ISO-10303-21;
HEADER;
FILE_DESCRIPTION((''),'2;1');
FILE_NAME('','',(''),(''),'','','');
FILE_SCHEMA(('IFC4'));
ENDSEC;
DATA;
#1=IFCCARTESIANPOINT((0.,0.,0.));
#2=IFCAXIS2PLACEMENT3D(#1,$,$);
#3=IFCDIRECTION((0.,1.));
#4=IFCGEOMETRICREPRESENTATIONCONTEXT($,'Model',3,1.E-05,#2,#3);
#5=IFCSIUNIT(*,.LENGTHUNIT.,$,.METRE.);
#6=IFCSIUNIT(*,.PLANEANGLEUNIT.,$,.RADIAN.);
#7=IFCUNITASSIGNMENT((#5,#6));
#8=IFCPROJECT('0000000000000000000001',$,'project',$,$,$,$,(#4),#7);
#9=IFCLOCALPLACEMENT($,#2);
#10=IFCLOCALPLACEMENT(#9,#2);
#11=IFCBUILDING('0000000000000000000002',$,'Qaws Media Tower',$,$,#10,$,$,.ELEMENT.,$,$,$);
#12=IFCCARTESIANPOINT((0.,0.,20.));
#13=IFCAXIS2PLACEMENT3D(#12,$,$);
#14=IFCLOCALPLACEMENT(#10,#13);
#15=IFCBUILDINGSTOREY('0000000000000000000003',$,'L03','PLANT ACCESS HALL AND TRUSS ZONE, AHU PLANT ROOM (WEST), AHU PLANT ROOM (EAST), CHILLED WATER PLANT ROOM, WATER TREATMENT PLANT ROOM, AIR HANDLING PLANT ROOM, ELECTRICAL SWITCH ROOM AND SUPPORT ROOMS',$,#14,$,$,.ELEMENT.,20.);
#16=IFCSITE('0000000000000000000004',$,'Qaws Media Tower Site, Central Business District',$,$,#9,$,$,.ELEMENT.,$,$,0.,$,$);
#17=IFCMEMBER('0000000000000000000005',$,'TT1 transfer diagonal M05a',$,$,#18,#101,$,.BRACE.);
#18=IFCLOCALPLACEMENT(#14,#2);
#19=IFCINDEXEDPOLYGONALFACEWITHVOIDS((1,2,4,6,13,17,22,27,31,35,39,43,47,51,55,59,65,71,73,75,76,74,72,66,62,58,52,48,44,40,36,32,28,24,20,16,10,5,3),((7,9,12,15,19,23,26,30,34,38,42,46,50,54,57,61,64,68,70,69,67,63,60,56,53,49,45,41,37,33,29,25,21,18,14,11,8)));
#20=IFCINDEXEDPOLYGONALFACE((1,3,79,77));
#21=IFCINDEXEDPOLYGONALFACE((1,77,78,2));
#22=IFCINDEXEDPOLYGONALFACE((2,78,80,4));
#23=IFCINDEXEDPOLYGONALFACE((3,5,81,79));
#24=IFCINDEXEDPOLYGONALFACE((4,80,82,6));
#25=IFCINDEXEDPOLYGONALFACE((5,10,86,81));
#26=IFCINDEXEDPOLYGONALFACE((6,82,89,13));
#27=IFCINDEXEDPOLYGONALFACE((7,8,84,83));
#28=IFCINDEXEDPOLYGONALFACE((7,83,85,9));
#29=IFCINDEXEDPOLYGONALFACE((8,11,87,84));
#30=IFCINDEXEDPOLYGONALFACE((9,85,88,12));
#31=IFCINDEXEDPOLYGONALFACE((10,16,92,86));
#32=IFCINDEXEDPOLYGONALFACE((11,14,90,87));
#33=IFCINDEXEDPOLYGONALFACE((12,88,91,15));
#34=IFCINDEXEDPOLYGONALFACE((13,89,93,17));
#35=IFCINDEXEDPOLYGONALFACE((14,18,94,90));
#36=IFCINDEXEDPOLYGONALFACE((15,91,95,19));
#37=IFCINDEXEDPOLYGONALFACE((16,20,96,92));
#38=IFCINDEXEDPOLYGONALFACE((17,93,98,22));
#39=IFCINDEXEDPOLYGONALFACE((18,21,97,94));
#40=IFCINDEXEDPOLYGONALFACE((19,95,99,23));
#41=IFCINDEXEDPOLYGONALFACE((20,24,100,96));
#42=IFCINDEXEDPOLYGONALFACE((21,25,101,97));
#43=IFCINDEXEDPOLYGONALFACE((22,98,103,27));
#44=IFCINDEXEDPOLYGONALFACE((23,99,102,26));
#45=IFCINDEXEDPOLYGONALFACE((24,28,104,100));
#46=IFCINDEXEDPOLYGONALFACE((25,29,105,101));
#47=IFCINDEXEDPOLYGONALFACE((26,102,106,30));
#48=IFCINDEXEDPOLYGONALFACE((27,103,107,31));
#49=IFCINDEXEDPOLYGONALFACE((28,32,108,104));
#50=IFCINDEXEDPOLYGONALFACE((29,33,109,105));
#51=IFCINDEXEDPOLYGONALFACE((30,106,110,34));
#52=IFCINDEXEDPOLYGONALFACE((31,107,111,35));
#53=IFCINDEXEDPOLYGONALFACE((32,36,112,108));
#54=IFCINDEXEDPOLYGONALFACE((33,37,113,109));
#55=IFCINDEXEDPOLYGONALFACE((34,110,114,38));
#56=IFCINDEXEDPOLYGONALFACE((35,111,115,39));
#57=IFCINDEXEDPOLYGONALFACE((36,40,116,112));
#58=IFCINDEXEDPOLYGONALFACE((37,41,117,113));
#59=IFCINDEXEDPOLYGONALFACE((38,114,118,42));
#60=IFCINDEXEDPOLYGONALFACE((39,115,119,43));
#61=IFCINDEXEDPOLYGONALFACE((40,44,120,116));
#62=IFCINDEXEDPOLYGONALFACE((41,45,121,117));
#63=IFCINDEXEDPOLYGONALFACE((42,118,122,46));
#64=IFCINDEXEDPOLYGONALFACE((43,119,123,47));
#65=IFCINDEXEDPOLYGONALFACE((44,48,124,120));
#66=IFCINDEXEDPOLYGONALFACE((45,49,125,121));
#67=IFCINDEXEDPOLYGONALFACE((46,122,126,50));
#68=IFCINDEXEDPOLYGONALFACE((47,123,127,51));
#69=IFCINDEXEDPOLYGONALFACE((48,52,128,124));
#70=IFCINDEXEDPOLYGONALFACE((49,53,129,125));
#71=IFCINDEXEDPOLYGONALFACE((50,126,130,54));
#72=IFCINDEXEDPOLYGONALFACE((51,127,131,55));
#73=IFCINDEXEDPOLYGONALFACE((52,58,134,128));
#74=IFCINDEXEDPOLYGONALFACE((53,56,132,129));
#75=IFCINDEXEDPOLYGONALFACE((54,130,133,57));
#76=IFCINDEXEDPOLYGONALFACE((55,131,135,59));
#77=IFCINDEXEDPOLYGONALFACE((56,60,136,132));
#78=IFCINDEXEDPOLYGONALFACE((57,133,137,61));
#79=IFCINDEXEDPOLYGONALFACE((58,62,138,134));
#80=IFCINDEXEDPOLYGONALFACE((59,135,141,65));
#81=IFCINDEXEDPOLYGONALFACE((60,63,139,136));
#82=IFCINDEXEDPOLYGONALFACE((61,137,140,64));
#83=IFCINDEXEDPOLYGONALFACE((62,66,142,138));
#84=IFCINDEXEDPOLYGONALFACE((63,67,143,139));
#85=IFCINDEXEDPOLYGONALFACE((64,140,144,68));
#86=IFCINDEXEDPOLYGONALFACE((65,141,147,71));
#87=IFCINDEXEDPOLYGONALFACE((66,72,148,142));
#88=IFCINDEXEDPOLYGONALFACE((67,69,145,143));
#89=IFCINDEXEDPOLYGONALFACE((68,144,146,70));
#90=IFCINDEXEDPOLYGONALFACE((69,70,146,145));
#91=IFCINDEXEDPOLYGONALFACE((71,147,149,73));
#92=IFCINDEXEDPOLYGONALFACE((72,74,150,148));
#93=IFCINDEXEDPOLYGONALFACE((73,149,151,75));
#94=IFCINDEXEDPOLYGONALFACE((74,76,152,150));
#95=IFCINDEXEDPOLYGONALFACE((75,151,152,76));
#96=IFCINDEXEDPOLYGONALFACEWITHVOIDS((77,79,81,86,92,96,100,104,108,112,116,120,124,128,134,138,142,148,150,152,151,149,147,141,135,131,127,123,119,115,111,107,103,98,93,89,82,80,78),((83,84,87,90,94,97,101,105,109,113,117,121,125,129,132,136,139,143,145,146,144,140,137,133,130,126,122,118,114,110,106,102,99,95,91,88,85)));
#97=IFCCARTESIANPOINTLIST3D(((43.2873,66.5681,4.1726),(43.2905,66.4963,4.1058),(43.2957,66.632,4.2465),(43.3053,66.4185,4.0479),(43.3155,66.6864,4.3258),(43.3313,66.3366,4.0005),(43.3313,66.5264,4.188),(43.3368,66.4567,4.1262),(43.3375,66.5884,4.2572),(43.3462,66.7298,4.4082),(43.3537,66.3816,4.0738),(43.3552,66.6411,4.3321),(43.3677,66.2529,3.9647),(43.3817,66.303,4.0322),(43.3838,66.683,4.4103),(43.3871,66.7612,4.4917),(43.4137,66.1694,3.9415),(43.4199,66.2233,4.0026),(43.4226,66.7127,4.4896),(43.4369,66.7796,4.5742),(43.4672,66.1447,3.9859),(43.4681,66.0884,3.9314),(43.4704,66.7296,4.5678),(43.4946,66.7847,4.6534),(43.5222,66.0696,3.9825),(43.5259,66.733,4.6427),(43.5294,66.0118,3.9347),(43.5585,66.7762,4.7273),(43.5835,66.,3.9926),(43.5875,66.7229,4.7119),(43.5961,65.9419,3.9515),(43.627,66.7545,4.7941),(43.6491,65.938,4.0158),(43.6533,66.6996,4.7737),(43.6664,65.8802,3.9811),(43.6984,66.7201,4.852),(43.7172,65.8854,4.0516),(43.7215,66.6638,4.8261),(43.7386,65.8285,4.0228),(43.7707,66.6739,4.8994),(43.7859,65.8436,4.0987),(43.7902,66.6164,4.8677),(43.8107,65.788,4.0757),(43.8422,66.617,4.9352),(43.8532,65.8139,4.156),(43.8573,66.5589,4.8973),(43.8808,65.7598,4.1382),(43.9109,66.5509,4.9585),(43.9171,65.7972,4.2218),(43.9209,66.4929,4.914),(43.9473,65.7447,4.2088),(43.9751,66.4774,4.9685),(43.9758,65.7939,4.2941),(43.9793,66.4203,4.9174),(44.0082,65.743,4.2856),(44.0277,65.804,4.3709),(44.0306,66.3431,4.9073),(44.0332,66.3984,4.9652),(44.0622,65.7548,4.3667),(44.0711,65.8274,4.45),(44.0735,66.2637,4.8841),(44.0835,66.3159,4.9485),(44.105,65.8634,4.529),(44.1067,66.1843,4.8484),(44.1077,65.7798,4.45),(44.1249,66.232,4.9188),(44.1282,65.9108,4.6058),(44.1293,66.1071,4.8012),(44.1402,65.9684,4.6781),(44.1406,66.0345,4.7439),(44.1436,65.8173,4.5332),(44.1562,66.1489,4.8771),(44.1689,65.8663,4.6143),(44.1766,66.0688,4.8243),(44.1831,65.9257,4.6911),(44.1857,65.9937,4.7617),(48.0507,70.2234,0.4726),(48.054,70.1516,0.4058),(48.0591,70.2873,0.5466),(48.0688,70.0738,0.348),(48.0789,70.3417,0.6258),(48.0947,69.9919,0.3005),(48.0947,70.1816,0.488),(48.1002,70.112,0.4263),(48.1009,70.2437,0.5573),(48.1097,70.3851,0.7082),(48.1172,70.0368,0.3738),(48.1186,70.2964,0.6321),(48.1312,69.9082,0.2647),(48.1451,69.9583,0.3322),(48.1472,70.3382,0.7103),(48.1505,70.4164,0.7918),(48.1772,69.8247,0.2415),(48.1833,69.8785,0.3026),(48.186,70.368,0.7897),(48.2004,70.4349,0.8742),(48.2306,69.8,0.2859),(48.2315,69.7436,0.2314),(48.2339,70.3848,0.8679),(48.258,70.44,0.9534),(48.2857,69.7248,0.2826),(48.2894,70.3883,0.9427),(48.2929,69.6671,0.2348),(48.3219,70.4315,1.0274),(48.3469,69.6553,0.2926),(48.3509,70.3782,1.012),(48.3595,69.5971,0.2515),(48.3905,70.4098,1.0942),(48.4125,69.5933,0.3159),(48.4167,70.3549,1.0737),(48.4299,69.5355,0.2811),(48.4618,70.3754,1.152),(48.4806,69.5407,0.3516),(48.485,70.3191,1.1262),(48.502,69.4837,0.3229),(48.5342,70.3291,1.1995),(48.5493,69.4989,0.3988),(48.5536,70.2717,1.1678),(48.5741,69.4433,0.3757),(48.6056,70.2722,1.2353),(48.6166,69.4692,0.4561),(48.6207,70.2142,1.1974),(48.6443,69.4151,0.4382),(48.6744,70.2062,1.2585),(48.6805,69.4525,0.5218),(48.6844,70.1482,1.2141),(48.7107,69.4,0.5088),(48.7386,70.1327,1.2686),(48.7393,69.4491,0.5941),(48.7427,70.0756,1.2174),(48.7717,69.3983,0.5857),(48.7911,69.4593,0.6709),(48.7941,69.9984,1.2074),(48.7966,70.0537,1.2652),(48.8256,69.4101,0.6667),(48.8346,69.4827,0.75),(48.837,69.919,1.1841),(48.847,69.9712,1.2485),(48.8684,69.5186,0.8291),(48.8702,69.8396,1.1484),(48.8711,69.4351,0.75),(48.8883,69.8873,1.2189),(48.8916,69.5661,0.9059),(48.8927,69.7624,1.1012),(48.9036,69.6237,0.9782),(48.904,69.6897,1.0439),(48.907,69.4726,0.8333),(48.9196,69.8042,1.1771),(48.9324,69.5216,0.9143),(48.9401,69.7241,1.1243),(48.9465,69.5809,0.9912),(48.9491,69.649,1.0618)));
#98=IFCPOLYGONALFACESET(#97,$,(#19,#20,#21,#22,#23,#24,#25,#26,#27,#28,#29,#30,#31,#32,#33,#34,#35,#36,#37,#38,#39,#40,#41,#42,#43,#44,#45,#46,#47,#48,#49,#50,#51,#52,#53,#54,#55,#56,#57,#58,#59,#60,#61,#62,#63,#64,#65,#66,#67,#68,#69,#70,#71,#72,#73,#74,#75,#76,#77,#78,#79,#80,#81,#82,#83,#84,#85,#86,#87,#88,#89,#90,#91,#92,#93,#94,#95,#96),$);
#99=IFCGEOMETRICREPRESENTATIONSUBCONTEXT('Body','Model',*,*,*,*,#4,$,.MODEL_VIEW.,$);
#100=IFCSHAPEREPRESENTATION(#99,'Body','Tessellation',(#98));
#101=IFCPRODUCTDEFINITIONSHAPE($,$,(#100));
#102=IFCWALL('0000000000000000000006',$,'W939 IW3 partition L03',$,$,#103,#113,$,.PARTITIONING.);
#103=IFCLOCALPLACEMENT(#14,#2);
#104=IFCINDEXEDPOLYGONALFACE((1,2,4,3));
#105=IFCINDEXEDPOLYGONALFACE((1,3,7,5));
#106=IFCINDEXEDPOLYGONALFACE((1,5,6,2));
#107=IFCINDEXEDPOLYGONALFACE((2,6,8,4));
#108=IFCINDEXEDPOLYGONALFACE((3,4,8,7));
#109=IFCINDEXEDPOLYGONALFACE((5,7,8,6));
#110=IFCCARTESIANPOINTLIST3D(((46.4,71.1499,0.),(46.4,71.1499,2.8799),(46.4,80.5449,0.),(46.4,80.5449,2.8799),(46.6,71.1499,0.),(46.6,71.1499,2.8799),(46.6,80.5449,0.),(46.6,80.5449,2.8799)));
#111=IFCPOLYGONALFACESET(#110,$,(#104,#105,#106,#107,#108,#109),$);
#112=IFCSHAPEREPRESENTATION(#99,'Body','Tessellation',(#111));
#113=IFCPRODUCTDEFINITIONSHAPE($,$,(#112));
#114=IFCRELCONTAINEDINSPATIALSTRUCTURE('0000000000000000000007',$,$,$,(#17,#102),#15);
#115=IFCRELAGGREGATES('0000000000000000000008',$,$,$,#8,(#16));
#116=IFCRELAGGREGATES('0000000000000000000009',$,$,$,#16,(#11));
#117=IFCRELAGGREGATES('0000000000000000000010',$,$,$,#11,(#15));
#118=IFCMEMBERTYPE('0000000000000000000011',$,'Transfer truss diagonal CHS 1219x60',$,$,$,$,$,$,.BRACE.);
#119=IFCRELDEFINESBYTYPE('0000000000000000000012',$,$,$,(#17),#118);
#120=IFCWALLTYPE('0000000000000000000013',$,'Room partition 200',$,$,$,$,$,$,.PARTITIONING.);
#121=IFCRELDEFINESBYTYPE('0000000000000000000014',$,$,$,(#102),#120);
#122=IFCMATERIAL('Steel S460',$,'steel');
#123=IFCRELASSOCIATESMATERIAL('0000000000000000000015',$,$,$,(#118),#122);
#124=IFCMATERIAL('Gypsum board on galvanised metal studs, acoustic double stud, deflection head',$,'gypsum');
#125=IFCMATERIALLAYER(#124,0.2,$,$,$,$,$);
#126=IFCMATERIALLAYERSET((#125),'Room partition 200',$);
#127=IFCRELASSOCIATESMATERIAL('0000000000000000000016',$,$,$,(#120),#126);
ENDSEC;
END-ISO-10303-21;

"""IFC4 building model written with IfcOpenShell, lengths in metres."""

from ifc_helpers import new_model, si_unit, direction, frame, frame_2d, origin, origin_2d, place, context, subcontext, project, spatial, rectangle, hollow_circle, extrude, material, layer, layer_set, material_profile, profile_set, type_object, element, save


model = new_model("IFC4")

# Units and contexts
model_context = context("Model", 3, precision=1e-05, world=origin(), true_north=direction((0.0, 1.0)))
body_context = subcontext(model_context, "Body", "Model", "MODEL_VIEW")
ifc_project = project(units=[si_unit("LENGTHUNIT", "METRE"), si_unit("PLANEANGLEUNIT", "RADIAN")], contexts=[model_context])

# Site, building, storey
site_placement = place(None, origin())
site = spatial("IfcSite", under=ifc_project, at=site_placement, Name="Qaws Media Tower Site, Central Business District", CompositionType="ELEMENT", RefElevation=0.0)
building_placement = place(site_placement, origin())
building = spatial("IfcBuilding", under=site, at=building_placement, Name="Qaws Media Tower", CompositionType="ELEMENT")
storey_placement = place(building_placement, frame((0.0, 0.0, 20.0)))
storey = spatial("IfcBuildingStorey", under=building, at=storey_placement, Name="L03", Description="PLANT ACCESS HALL AND TRUSS ZONE, AHU PLANT ROOM (WEST), AHU PLANT ROOM (EAST), CHILLED WATER PLANT ROOM, WATER TREATMENT PLANT ROOM, AIR HANDLING PLANT ROOM, ELECTRICAL SWITCH ROOM AND SUPPORT ROOMS", CompositionType="ELEMENT", Elevation=20.0)

# Member
ifc_material_1 = material(Name="Steel S460", Category="steel")
ifc_material_profile_1 = material_profile(ifc_material_1, hollow_circle(Radius=0.6096, WallThickness=0.0601, at=origin_2d()), Name="CHS 1219x60")
ifc_profile_set_1 = profile_set([ifc_material_profile_1], Name="Steel S460")
member_type = type_object("IfcMemberType", Name="Transfer truss diagonal CHS 1219x60", PredefinedType="BRACE", material=ifc_profile_set_1)
member_1_placement = place(storey_placement, frame((48.5, 69.9187, 0.75), z_axis=(-0.675403, -0.518278, 0.524613), x_axis=(0.608779, -0.79334, 0.0)))
element("IfcMember", 1, at=member_1_placement, inside=storey, type_object=member_type, Name="TT1 transfer diagonal M05a", PredefinedType="BRACE", context=body_context, shape_type="SweptSolid", body=[
    extrude(hollow_circle(Radius=0.6096, WallThickness=0.0601, at=origin_2d()), origin(), (0.0, 0.0, 1.0), 7.0527),
])

# Wall
ifc_material_2 = material(Name="Gypsum board on galvanised metal studs, acoustic double stud, deflection head", Category="gypsum")
ifc_layer = layer(ifc_material_2, 0.2)
ifc_layer_set = layer_set([ifc_layer], Name="Room partition 200")
wall_type = type_object("IfcWallType", Name="Room partition 200", PredefinedType="PARTITIONING", material=ifc_layer_set)
wall_placement = place(storey_placement, frame((46.5, 71.1499, 0.0), z_axis=(0.0, 0.0, 1.0), x_axis=(0.0, 1.0, 0.0)))
element("IfcWall", 2, at=wall_placement, inside=storey, type_object=wall_type, Name="W939 IW3 partition L03", PredefinedType="PARTITIONING", context=body_context, shape_type="SweptSolid", body=[
    extrude(rectangle(XDim=9.395, YDim=0.2, at=frame_2d((4.6975, 0.0))), origin(), (0.0, 0.0, 1.0), 2.8799),
])

save(model, "model.ifc")
